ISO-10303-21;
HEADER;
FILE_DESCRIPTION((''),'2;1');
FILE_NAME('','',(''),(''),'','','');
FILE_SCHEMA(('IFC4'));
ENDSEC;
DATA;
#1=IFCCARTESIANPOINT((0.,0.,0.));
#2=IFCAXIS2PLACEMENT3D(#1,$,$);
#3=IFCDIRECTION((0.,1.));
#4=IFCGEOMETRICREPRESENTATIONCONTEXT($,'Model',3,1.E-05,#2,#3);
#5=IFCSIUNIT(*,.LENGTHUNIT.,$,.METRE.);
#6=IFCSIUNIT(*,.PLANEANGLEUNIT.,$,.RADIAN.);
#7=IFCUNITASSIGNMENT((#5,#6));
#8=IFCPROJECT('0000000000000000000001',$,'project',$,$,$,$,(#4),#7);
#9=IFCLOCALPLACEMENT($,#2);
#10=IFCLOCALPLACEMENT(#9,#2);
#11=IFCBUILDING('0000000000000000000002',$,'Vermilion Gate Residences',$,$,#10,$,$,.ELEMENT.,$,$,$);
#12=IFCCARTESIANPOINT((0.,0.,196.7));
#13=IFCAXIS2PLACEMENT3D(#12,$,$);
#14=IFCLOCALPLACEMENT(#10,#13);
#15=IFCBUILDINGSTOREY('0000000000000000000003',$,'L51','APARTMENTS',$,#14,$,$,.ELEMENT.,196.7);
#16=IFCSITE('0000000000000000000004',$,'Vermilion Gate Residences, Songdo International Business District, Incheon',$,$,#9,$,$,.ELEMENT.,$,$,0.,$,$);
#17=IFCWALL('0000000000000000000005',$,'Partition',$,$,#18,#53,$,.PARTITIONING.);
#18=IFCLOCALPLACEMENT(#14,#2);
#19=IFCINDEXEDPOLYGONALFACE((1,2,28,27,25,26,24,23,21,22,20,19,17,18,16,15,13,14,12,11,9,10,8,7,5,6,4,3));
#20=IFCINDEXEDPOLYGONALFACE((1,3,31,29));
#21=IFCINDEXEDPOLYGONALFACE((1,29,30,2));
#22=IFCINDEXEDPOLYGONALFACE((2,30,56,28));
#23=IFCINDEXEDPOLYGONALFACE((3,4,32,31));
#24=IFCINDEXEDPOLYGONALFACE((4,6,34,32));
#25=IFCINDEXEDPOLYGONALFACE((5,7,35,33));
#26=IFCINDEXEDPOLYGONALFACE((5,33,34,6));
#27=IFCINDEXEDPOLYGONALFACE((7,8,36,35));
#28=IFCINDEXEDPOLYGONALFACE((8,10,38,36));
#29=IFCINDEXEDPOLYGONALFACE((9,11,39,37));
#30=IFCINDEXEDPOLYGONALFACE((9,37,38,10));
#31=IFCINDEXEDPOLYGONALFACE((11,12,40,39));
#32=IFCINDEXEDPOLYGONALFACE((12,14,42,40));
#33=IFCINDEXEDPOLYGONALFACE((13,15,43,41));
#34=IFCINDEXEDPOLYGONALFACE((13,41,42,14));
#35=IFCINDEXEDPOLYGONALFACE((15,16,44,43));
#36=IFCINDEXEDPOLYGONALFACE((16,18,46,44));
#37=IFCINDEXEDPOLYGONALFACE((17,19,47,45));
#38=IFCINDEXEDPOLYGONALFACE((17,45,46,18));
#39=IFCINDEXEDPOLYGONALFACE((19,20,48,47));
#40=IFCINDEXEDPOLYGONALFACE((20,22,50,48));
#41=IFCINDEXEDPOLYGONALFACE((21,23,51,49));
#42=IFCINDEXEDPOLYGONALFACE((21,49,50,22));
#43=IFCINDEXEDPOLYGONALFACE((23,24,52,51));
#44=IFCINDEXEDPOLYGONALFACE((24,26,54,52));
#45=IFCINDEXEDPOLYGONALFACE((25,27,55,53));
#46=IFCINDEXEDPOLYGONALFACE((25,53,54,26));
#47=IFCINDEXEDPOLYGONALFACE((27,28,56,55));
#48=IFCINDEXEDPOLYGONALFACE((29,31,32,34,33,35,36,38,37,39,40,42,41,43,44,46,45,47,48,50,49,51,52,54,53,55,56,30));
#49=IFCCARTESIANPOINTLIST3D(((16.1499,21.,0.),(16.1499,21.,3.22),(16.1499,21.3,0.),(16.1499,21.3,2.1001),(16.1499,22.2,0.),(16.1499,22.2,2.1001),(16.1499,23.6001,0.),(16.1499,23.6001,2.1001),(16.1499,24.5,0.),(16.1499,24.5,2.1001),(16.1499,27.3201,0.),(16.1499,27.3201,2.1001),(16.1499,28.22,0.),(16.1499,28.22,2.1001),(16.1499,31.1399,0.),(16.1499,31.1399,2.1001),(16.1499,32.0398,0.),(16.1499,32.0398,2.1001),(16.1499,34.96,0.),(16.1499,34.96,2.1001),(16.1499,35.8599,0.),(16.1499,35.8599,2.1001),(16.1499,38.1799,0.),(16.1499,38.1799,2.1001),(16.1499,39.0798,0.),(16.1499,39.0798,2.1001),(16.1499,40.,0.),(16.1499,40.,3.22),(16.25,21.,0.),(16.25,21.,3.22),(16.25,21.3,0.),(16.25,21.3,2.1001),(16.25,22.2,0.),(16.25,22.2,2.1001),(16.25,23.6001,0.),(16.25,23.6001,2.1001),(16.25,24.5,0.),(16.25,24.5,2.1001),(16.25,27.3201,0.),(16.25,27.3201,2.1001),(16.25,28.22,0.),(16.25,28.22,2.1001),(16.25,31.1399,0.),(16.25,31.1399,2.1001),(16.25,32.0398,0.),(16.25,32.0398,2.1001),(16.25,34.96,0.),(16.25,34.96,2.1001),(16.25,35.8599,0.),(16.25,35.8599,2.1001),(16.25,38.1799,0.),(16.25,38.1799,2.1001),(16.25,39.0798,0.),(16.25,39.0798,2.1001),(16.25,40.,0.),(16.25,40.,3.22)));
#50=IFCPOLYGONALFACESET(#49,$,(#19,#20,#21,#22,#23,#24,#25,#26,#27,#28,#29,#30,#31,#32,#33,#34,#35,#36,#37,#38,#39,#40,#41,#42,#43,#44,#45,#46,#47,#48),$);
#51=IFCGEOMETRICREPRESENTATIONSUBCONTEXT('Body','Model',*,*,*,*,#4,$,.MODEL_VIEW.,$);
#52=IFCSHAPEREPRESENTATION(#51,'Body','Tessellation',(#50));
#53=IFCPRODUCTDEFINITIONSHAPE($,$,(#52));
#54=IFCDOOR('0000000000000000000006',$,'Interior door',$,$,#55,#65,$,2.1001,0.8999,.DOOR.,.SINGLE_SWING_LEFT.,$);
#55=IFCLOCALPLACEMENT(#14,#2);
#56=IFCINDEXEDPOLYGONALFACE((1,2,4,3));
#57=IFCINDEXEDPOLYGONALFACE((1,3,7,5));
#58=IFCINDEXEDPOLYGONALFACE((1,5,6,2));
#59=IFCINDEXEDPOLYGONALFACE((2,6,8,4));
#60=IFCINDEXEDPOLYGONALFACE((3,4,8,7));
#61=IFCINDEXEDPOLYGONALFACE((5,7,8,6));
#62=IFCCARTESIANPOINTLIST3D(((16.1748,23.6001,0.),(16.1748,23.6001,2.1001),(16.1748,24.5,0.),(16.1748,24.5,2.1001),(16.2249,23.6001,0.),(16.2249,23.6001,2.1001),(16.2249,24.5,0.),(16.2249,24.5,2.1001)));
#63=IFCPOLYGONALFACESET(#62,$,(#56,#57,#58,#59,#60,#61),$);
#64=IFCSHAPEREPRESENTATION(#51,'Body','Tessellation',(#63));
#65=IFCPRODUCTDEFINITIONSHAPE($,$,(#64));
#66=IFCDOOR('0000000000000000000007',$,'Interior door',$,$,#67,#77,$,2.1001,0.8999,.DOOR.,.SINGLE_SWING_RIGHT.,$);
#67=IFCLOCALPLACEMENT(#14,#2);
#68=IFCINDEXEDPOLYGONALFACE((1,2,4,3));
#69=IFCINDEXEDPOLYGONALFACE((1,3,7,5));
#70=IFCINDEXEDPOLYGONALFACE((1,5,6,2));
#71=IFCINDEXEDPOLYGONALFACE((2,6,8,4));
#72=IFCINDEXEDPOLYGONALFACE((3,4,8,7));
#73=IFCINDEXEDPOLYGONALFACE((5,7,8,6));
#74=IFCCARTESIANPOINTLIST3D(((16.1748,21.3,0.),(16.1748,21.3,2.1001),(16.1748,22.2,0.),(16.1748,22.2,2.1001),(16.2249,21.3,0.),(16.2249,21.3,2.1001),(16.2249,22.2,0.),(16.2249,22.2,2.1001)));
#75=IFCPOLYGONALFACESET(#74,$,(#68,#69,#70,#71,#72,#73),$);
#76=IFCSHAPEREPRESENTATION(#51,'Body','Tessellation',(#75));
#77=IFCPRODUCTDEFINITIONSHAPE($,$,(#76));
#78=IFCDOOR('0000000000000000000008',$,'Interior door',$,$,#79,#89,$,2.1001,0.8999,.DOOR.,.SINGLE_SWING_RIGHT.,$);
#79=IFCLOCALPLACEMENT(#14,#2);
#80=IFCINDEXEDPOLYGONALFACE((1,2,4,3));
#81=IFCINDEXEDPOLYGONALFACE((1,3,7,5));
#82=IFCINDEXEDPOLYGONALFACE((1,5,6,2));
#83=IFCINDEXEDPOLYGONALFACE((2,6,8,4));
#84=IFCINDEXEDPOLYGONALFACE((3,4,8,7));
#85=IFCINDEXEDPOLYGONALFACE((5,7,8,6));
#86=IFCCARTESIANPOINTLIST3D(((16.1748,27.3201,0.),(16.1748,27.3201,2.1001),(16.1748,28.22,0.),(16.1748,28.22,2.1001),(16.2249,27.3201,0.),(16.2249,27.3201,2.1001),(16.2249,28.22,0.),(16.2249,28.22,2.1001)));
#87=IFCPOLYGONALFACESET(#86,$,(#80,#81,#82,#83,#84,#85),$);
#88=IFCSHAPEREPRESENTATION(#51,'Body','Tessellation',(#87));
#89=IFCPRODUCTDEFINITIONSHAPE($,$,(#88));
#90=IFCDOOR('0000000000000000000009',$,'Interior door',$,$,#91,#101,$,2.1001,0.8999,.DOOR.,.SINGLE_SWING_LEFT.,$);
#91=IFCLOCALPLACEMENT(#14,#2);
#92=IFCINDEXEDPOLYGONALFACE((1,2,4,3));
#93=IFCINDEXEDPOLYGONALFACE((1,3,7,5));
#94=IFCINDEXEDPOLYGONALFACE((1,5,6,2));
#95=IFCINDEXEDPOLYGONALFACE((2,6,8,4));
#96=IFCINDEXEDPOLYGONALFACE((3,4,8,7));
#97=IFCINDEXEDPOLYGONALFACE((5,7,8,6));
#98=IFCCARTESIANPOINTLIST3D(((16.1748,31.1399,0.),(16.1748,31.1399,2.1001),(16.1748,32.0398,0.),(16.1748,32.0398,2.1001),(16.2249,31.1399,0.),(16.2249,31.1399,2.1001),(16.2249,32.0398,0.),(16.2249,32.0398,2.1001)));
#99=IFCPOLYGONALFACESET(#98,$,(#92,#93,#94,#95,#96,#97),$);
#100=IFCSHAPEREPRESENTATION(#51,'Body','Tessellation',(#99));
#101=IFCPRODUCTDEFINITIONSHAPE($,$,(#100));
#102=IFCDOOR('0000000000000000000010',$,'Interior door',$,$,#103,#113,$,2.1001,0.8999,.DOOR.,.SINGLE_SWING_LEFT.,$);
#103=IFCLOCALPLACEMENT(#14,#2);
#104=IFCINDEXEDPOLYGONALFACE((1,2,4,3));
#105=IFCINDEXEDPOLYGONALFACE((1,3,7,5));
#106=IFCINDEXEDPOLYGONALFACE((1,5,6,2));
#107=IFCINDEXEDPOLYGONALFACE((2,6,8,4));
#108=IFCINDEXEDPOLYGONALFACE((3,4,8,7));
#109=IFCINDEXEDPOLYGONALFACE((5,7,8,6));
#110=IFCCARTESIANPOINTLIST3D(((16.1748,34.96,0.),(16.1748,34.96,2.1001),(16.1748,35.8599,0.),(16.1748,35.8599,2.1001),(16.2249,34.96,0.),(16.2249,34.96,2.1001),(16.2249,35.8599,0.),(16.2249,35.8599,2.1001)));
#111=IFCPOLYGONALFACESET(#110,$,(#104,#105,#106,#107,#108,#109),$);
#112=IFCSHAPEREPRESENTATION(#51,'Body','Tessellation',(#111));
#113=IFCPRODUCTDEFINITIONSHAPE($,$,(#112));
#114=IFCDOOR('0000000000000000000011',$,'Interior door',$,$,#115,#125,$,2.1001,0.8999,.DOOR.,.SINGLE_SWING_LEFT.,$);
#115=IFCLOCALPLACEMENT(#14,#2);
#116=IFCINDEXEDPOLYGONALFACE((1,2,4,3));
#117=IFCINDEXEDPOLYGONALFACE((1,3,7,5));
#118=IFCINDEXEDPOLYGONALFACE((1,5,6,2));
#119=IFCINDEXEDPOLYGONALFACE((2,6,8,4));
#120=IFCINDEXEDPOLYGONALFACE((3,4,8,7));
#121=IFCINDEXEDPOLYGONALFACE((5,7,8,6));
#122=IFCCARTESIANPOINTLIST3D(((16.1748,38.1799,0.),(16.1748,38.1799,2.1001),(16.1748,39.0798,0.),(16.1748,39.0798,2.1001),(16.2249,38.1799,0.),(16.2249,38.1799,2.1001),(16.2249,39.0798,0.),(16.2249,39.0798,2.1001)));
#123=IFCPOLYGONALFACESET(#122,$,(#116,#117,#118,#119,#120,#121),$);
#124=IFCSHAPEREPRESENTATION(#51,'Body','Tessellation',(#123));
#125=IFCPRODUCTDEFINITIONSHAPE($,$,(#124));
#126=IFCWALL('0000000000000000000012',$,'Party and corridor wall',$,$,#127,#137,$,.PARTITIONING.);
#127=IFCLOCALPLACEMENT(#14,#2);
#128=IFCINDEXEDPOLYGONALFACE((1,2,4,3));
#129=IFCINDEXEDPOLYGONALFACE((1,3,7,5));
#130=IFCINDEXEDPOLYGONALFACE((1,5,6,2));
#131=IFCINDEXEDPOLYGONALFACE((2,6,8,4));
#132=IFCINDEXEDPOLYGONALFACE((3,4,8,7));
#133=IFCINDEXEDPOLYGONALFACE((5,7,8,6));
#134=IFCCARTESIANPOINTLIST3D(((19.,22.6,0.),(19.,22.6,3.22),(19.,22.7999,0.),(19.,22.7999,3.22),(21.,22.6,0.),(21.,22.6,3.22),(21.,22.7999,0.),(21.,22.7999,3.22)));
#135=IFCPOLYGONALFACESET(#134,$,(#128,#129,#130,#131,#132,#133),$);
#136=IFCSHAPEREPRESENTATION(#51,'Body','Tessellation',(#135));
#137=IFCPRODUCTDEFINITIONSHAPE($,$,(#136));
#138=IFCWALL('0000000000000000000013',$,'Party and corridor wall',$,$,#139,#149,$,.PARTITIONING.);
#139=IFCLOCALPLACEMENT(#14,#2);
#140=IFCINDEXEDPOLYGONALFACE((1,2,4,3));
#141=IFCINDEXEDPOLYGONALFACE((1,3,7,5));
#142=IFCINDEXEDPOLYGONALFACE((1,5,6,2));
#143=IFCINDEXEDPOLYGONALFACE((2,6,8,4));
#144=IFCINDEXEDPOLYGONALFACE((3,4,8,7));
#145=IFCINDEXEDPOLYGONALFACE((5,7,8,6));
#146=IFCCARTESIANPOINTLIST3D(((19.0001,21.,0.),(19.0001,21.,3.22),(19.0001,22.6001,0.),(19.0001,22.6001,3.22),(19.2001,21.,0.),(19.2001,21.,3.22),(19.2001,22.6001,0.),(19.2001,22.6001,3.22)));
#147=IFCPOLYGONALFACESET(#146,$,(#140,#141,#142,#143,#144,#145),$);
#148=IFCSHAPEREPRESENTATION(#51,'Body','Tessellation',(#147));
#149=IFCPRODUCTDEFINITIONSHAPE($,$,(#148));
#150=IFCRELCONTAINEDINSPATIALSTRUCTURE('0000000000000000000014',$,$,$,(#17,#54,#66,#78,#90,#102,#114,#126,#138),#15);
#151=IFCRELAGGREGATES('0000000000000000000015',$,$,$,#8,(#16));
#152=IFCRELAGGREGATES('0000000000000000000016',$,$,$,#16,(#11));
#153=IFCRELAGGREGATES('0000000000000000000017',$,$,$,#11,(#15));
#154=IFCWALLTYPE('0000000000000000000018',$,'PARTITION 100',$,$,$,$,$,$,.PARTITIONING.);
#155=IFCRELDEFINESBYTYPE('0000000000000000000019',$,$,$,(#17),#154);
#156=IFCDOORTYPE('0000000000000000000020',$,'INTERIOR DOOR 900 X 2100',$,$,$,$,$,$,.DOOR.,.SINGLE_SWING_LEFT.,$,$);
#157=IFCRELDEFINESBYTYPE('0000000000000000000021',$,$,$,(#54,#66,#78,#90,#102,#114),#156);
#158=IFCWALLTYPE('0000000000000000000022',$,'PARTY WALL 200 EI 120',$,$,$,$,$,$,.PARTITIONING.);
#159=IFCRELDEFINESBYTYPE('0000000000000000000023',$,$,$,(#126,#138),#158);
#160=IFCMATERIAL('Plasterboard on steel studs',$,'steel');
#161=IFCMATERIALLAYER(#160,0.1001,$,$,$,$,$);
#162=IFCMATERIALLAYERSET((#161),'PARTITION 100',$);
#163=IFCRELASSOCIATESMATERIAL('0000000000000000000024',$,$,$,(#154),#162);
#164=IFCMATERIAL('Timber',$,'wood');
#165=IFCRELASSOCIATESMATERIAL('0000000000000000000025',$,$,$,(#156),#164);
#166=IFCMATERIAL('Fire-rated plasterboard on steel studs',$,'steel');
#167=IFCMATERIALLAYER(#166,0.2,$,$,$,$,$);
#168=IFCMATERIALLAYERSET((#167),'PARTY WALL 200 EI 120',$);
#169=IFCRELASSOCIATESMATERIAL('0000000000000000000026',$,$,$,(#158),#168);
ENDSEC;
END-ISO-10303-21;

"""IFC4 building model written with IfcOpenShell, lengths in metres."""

from ifc_helpers import new_model, si_unit, direction, frame, frame_2d, origin, place, context, subcontext, project, spatial, rectangle, extrude, material, layer, layer_set, type_object, element, fill, save


model = new_model("IFC4")

# Units and contexts
model_context = context("Model", 3, precision=1e-05, world=origin(), true_north=direction((0.0, 1.0)))
body_context = subcontext(model_context, "Body", "Model", "MODEL_VIEW")
ifc_project = project(units=[si_unit("LENGTHUNIT", "METRE"), si_unit("PLANEANGLEUNIT", "RADIAN")], contexts=[model_context])

# Site, building, storey
site_placement = place(None, origin())
site = spatial("IfcSite", under=ifc_project, at=site_placement, Name="Vermilion Gate Residences, Songdo International Business District, Incheon", CompositionType="ELEMENT", RefElevation=0.0)
building_placement = place(site_placement, origin())
building = spatial("IfcBuilding", under=site, at=building_placement, Name="Vermilion Gate Residences", CompositionType="ELEMENT")
storey_placement = place(building_placement, frame((0.0, 0.0, 196.7)))
storey = spatial("IfcBuildingStorey", under=building, at=storey_placement, Name="L51", Description="APARTMENTS", CompositionType="ELEMENT", Elevation=196.7)

# Shared definitions
ifc_material_1 = material(Name="Plasterboard on steel studs", Category="steel")
ifc_layer_1 = layer(ifc_material_1, 0.1001)
ifc_layer_set_1 = layer_set([ifc_layer_1], Name="PARTITION 100")
wall_type_1 = type_object("IfcWallType", Name="PARTITION 100", PredefinedType="PARTITIONING", material=ifc_layer_set_1)

# Wall, openings, doors
wall_1_placement = place(storey_placement, frame((16.2, 21.0, 0.0), z_axis=(0.0, 0.0, 1.0), x_axis=(0.0, 1.0, 0.0)))
wall_1 = element("IfcWall", 1, at=wall_1_placement, inside=storey, type_object=wall_type_1, Name="Partition", PredefinedType="PARTITIONING", context=body_context, shape_type="SweptSolid", body=[
    extrude(rectangle(XDim=19.0, YDim=0.1001, at=frame_2d((9.5, 0.0))), origin(), (0.0, 0.0, 1.0), 3.22),
])
opening_1_placement = place(wall_1_placement, frame((2.6001, 0.0, 0.0)))
opening_1 = element("IfcOpeningElement", 2, at=opening_1_placement, cuts=wall_1, PredefinedType="OPENING", context=body_context, shape_type="SweptSolid", body=[
    extrude(rectangle(XDim=0.8999, YDim=2.1001, at=frame_2d((0.45, 1.05))), frame((0.0, 0.0601, 0.0), z_axis=(0.0, -1.0, 0.0), x_axis=(1.0, 0.0, 0.0)), (0.0, 0.0, 1.0), 0.1201),
])
opening_2_placement = place(wall_1_placement, frame((0.3, 0.0, 0.0)))
opening_2 = element("IfcOpeningElement", 3, at=opening_2_placement, cuts=wall_1, PredefinedType="OPENING", context=body_context, shape_type="SweptSolid", body=[
    extrude(rectangle(XDim=0.8999, YDim=2.1001, at=frame_2d((0.45, 1.05))), frame((0.0, 0.0601, 0.0), z_axis=(0.0, -1.0, 0.0), x_axis=(1.0, 0.0, 0.0)), (0.0, 0.0, 1.0), 0.1201),
])
opening_3_placement = place(wall_1_placement, frame((6.3201, 0.0, 0.0)))
opening_3 = element("IfcOpeningElement", 4, at=opening_3_placement, cuts=wall_1, PredefinedType="OPENING", context=body_context, shape_type="SweptSolid", body=[
    extrude(rectangle(XDim=0.8999, YDim=2.1001, at=frame_2d((0.45, 1.05))), frame((0.0, 0.0601, 0.0), z_axis=(0.0, -1.0, 0.0), x_axis=(1.0, 0.0, 0.0)), (0.0, 0.0, 1.0), 0.1201),
])
opening_4_placement = place(wall_1_placement, frame((10.1399, 0.0, 0.0)))
opening_4 = element("IfcOpeningElement", 5, at=opening_4_placement, cuts=wall_1, PredefinedType="OPENING", context=body_context, shape_type="SweptSolid", body=[
    extrude(rectangle(XDim=0.8999, YDim=2.1001, at=frame_2d((0.45, 1.05))), frame((0.0, 0.0601, 0.0), z_axis=(0.0, -1.0, 0.0), x_axis=(1.0, 0.0, 0.0)), (0.0, 0.0, 1.0), 0.1201),
])
opening_5_placement = place(wall_1_placement, frame((13.96, 0.0, 0.0)))
opening_5 = element("IfcOpeningElement", 6, at=opening_5_placement, cuts=wall_1, PredefinedType="OPENING", context=body_context, shape_type="SweptSolid", body=[
    extrude(rectangle(XDim=0.8999, YDim=2.1001, at=frame_2d((0.45, 1.05))), frame((0.0, 0.0601, 0.0), z_axis=(0.0, -1.0, 0.0), x_axis=(1.0, 0.0, 0.0)), (0.0, 0.0, 1.0), 0.1201),
])
opening_6_placement = place(wall_1_placement, frame((17.1799, 0.0, 0.0)))
opening_6 = element("IfcOpeningElement", 7, at=opening_6_placement, cuts=wall_1, PredefinedType="OPENING", context=body_context, shape_type="SweptSolid", body=[
    extrude(rectangle(XDim=0.8999, YDim=2.1001, at=frame_2d((0.45, 1.05))), frame((0.0, 0.0601, 0.0), z_axis=(0.0, -1.0, 0.0), x_axis=(1.0, 0.0, 0.0)), (0.0, 0.0, 1.0), 0.1201),
])
ifc_material_2 = material(Name="Timber", Category="wood")
door_type_1 = type_object("IfcDoorType", Name="INTERIOR DOOR 900 X 2100", OperationType="SINGLE_SWING_LEFT", PredefinedType="DOOR", material=ifc_material_2)
door_1_placement = place(opening_1_placement, frame((0.8999, 0.0, 0.0), z_axis=(0.0, 0.0, 1.0), x_axis=(-1.0, 0.0, 0.0)))
door_1 = element("IfcDoor", 8, at=door_1_placement, inside=storey, type_object=door_type_1, Name="Interior door", OperationType="SINGLE_SWING_LEFT", OverallHeight=2.1001, OverallWidth=0.8999, PredefinedType="DOOR", context=body_context, shape_type="SweptSolid", body=[
    extrude(rectangle(XDim=0.8999, YDim=2.1001, at=frame_2d((0.45, 1.05))), frame((0.0, 0.0249, 0.0), z_axis=(0.0, -1.0, 0.0), x_axis=(1.0, 0.0, 0.0)), (0.0, 0.0, 1.0), 0.05),
])
fill(opening_1, door_1)
door_2_placement = place(opening_2_placement, frame((0.8999, 0.0, 0.0), z_axis=(0.0, 0.0, 1.0), x_axis=(-1.0, 0.0, 0.0)))
door_2 = element("IfcDoor", 9, at=door_2_placement, inside=storey, type_object=door_type_1, Name="Interior door", OperationType="SINGLE_SWING_RIGHT", OverallHeight=2.1001, OverallWidth=0.8999, PredefinedType="DOOR", context=body_context, shape_type="SweptSolid", body=[
    extrude(rectangle(XDim=0.8999, YDim=2.1001, at=frame_2d((0.45, 1.05))), frame((0.0, 0.0249, 0.0), z_axis=(0.0, -1.0, 0.0), x_axis=(1.0, 0.0, 0.0)), (0.0, 0.0, 1.0), 0.05),
])
fill(opening_2, door_2)
door_3_placement = place(opening_3_placement, frame((0.8999, 0.0, 0.0), z_axis=(0.0, 0.0, 1.0), x_axis=(-1.0, 0.0, 0.0)))
door_3 = element("IfcDoor", 10, at=door_3_placement, inside=storey, type_object=door_type_1, Name="Interior door", OperationType="SINGLE_SWING_RIGHT", OverallHeight=2.1001, OverallWidth=0.8999, PredefinedType="DOOR", context=body_context, shape_type="SweptSolid", body=[
    extrude(rectangle(XDim=0.8999, YDim=2.1001, at=frame_2d((0.45, 1.05))), frame((0.0, 0.0249, 0.0), z_axis=(0.0, -1.0, 0.0), x_axis=(1.0, 0.0, 0.0)), (0.0, 0.0, 1.0), 0.05),
])
fill(opening_3, door_3)
door_4_placement = place(opening_4_placement, frame((0.8999, 0.0, 0.0), z_axis=(0.0, 0.0, 1.0), x_axis=(-1.0, 0.0, 0.0)))
door_4 = element("IfcDoor", 11, at=door_4_placement, inside=storey, type_object=door_type_1, Name="Interior door", OperationType="SINGLE_SWING_LEFT", OverallHeight=2.1001, OverallWidth=0.8999, PredefinedType="DOOR", context=body_context, shape_type="SweptSolid", body=[
    extrude(rectangle(XDim=0.8999, YDim=2.1001, at=frame_2d((0.45, 1.05))), frame((0.0, 0.0249, 0.0), z_axis=(0.0, -1.0, 0.0), x_axis=(1.0, 0.0, 0.0)), (0.0, 0.0, 1.0), 0.05),
])
fill(opening_4, door_4)
door_5_placement = place(opening_5_placement, frame((0.8999, 0.0, 0.0), z_axis=(0.0, 0.0, 1.0), x_axis=(-1.0, 0.0, 0.0)))
door_5 = element("IfcDoor", 12, at=door_5_placement, inside=storey, type_object=door_type_1, Name="Interior door", OperationType="SINGLE_SWING_LEFT", OverallHeight=2.1001, OverallWidth=0.8999, PredefinedType="DOOR", context=body_context, shape_type="SweptSolid", body=[
    extrude(rectangle(XDim=0.8999, YDim=2.1001, at=frame_2d((0.45, 1.05))), frame((0.0, 0.0249, 0.0), z_axis=(0.0, -1.0, 0.0), x_axis=(1.0, 0.0, 0.0)), (0.0, 0.0, 1.0), 0.05),
])
fill(opening_5, door_5)
door_6_placement = place(opening_6_placement, frame((0.8999, 0.0, 0.0), z_axis=(0.0, 0.0, 1.0), x_axis=(-1.0, 0.0, 0.0)))
door_6 = element("IfcDoor", 13, at=door_6_placement, inside=storey, type_object=door_type_1, Name="Interior door", OperationType="SINGLE_SWING_LEFT", OverallHeight=2.1001, OverallWidth=0.8999, PredefinedType="DOOR", context=body_context, shape_type="SweptSolid", body=[
    extrude(rectangle(XDim=0.8999, YDim=2.1001, at=frame_2d((0.45, 1.05))), frame((0.0, 0.0249, 0.0), z_axis=(0.0, -1.0, 0.0), x_axis=(1.0, 0.0, 0.0)), (0.0, 0.0, 1.0), 0.05),
])
fill(opening_6, door_6)

# Walls
ifc_material_3 = material(Name="Fire-rated plasterboard on steel studs", Category="steel")
ifc_layer_2 = layer(ifc_material_3, 0.2)
ifc_layer_set_2 = layer_set([ifc_layer_2], Name="PARTY WALL 200 EI 120")
wall_type_2 = type_object("IfcWallType", Name="PARTY WALL 200 EI 120", PredefinedType="PARTITIONING", material=ifc_layer_set_2)
wall_2_placement = place(storey_placement, frame((19.0, 22.7, 0.0), z_axis=(0.0, 0.0, 1.0), x_axis=(1.0, 0.0, 0.0)))
element("IfcWall", 14, at=wall_2_placement, inside=storey, type_object=wall_type_2, Name="Party and corridor wall", PredefinedType="PARTITIONING", context=body_context, shape_type="SweptSolid", body=[
    extrude(rectangle(XDim=2.0, YDim=0.2, at=frame_2d((1.0, 0.0))), origin(), (0.0, 0.0, 1.0), 3.22),
])
wall_3_placement = place(storey_placement, frame((19.1001, 21.0, 0.0), z_axis=(0.0, 0.0, 1.0), x_axis=(0.0, 1.0, 0.0)))
element("IfcWall", 15, at=wall_3_placement, inside=storey, type_object=wall_type_2, Name="Party and corridor wall", PredefinedType="PARTITIONING", context=body_context, shape_type="SweptSolid", body=[
    extrude(rectangle(XDim=1.6001, YDim=0.2, at=frame_2d((0.8, 0.0))), origin(), (0.0, 0.0, 1.0), 3.22),
])

save(model, "model.ifc")
